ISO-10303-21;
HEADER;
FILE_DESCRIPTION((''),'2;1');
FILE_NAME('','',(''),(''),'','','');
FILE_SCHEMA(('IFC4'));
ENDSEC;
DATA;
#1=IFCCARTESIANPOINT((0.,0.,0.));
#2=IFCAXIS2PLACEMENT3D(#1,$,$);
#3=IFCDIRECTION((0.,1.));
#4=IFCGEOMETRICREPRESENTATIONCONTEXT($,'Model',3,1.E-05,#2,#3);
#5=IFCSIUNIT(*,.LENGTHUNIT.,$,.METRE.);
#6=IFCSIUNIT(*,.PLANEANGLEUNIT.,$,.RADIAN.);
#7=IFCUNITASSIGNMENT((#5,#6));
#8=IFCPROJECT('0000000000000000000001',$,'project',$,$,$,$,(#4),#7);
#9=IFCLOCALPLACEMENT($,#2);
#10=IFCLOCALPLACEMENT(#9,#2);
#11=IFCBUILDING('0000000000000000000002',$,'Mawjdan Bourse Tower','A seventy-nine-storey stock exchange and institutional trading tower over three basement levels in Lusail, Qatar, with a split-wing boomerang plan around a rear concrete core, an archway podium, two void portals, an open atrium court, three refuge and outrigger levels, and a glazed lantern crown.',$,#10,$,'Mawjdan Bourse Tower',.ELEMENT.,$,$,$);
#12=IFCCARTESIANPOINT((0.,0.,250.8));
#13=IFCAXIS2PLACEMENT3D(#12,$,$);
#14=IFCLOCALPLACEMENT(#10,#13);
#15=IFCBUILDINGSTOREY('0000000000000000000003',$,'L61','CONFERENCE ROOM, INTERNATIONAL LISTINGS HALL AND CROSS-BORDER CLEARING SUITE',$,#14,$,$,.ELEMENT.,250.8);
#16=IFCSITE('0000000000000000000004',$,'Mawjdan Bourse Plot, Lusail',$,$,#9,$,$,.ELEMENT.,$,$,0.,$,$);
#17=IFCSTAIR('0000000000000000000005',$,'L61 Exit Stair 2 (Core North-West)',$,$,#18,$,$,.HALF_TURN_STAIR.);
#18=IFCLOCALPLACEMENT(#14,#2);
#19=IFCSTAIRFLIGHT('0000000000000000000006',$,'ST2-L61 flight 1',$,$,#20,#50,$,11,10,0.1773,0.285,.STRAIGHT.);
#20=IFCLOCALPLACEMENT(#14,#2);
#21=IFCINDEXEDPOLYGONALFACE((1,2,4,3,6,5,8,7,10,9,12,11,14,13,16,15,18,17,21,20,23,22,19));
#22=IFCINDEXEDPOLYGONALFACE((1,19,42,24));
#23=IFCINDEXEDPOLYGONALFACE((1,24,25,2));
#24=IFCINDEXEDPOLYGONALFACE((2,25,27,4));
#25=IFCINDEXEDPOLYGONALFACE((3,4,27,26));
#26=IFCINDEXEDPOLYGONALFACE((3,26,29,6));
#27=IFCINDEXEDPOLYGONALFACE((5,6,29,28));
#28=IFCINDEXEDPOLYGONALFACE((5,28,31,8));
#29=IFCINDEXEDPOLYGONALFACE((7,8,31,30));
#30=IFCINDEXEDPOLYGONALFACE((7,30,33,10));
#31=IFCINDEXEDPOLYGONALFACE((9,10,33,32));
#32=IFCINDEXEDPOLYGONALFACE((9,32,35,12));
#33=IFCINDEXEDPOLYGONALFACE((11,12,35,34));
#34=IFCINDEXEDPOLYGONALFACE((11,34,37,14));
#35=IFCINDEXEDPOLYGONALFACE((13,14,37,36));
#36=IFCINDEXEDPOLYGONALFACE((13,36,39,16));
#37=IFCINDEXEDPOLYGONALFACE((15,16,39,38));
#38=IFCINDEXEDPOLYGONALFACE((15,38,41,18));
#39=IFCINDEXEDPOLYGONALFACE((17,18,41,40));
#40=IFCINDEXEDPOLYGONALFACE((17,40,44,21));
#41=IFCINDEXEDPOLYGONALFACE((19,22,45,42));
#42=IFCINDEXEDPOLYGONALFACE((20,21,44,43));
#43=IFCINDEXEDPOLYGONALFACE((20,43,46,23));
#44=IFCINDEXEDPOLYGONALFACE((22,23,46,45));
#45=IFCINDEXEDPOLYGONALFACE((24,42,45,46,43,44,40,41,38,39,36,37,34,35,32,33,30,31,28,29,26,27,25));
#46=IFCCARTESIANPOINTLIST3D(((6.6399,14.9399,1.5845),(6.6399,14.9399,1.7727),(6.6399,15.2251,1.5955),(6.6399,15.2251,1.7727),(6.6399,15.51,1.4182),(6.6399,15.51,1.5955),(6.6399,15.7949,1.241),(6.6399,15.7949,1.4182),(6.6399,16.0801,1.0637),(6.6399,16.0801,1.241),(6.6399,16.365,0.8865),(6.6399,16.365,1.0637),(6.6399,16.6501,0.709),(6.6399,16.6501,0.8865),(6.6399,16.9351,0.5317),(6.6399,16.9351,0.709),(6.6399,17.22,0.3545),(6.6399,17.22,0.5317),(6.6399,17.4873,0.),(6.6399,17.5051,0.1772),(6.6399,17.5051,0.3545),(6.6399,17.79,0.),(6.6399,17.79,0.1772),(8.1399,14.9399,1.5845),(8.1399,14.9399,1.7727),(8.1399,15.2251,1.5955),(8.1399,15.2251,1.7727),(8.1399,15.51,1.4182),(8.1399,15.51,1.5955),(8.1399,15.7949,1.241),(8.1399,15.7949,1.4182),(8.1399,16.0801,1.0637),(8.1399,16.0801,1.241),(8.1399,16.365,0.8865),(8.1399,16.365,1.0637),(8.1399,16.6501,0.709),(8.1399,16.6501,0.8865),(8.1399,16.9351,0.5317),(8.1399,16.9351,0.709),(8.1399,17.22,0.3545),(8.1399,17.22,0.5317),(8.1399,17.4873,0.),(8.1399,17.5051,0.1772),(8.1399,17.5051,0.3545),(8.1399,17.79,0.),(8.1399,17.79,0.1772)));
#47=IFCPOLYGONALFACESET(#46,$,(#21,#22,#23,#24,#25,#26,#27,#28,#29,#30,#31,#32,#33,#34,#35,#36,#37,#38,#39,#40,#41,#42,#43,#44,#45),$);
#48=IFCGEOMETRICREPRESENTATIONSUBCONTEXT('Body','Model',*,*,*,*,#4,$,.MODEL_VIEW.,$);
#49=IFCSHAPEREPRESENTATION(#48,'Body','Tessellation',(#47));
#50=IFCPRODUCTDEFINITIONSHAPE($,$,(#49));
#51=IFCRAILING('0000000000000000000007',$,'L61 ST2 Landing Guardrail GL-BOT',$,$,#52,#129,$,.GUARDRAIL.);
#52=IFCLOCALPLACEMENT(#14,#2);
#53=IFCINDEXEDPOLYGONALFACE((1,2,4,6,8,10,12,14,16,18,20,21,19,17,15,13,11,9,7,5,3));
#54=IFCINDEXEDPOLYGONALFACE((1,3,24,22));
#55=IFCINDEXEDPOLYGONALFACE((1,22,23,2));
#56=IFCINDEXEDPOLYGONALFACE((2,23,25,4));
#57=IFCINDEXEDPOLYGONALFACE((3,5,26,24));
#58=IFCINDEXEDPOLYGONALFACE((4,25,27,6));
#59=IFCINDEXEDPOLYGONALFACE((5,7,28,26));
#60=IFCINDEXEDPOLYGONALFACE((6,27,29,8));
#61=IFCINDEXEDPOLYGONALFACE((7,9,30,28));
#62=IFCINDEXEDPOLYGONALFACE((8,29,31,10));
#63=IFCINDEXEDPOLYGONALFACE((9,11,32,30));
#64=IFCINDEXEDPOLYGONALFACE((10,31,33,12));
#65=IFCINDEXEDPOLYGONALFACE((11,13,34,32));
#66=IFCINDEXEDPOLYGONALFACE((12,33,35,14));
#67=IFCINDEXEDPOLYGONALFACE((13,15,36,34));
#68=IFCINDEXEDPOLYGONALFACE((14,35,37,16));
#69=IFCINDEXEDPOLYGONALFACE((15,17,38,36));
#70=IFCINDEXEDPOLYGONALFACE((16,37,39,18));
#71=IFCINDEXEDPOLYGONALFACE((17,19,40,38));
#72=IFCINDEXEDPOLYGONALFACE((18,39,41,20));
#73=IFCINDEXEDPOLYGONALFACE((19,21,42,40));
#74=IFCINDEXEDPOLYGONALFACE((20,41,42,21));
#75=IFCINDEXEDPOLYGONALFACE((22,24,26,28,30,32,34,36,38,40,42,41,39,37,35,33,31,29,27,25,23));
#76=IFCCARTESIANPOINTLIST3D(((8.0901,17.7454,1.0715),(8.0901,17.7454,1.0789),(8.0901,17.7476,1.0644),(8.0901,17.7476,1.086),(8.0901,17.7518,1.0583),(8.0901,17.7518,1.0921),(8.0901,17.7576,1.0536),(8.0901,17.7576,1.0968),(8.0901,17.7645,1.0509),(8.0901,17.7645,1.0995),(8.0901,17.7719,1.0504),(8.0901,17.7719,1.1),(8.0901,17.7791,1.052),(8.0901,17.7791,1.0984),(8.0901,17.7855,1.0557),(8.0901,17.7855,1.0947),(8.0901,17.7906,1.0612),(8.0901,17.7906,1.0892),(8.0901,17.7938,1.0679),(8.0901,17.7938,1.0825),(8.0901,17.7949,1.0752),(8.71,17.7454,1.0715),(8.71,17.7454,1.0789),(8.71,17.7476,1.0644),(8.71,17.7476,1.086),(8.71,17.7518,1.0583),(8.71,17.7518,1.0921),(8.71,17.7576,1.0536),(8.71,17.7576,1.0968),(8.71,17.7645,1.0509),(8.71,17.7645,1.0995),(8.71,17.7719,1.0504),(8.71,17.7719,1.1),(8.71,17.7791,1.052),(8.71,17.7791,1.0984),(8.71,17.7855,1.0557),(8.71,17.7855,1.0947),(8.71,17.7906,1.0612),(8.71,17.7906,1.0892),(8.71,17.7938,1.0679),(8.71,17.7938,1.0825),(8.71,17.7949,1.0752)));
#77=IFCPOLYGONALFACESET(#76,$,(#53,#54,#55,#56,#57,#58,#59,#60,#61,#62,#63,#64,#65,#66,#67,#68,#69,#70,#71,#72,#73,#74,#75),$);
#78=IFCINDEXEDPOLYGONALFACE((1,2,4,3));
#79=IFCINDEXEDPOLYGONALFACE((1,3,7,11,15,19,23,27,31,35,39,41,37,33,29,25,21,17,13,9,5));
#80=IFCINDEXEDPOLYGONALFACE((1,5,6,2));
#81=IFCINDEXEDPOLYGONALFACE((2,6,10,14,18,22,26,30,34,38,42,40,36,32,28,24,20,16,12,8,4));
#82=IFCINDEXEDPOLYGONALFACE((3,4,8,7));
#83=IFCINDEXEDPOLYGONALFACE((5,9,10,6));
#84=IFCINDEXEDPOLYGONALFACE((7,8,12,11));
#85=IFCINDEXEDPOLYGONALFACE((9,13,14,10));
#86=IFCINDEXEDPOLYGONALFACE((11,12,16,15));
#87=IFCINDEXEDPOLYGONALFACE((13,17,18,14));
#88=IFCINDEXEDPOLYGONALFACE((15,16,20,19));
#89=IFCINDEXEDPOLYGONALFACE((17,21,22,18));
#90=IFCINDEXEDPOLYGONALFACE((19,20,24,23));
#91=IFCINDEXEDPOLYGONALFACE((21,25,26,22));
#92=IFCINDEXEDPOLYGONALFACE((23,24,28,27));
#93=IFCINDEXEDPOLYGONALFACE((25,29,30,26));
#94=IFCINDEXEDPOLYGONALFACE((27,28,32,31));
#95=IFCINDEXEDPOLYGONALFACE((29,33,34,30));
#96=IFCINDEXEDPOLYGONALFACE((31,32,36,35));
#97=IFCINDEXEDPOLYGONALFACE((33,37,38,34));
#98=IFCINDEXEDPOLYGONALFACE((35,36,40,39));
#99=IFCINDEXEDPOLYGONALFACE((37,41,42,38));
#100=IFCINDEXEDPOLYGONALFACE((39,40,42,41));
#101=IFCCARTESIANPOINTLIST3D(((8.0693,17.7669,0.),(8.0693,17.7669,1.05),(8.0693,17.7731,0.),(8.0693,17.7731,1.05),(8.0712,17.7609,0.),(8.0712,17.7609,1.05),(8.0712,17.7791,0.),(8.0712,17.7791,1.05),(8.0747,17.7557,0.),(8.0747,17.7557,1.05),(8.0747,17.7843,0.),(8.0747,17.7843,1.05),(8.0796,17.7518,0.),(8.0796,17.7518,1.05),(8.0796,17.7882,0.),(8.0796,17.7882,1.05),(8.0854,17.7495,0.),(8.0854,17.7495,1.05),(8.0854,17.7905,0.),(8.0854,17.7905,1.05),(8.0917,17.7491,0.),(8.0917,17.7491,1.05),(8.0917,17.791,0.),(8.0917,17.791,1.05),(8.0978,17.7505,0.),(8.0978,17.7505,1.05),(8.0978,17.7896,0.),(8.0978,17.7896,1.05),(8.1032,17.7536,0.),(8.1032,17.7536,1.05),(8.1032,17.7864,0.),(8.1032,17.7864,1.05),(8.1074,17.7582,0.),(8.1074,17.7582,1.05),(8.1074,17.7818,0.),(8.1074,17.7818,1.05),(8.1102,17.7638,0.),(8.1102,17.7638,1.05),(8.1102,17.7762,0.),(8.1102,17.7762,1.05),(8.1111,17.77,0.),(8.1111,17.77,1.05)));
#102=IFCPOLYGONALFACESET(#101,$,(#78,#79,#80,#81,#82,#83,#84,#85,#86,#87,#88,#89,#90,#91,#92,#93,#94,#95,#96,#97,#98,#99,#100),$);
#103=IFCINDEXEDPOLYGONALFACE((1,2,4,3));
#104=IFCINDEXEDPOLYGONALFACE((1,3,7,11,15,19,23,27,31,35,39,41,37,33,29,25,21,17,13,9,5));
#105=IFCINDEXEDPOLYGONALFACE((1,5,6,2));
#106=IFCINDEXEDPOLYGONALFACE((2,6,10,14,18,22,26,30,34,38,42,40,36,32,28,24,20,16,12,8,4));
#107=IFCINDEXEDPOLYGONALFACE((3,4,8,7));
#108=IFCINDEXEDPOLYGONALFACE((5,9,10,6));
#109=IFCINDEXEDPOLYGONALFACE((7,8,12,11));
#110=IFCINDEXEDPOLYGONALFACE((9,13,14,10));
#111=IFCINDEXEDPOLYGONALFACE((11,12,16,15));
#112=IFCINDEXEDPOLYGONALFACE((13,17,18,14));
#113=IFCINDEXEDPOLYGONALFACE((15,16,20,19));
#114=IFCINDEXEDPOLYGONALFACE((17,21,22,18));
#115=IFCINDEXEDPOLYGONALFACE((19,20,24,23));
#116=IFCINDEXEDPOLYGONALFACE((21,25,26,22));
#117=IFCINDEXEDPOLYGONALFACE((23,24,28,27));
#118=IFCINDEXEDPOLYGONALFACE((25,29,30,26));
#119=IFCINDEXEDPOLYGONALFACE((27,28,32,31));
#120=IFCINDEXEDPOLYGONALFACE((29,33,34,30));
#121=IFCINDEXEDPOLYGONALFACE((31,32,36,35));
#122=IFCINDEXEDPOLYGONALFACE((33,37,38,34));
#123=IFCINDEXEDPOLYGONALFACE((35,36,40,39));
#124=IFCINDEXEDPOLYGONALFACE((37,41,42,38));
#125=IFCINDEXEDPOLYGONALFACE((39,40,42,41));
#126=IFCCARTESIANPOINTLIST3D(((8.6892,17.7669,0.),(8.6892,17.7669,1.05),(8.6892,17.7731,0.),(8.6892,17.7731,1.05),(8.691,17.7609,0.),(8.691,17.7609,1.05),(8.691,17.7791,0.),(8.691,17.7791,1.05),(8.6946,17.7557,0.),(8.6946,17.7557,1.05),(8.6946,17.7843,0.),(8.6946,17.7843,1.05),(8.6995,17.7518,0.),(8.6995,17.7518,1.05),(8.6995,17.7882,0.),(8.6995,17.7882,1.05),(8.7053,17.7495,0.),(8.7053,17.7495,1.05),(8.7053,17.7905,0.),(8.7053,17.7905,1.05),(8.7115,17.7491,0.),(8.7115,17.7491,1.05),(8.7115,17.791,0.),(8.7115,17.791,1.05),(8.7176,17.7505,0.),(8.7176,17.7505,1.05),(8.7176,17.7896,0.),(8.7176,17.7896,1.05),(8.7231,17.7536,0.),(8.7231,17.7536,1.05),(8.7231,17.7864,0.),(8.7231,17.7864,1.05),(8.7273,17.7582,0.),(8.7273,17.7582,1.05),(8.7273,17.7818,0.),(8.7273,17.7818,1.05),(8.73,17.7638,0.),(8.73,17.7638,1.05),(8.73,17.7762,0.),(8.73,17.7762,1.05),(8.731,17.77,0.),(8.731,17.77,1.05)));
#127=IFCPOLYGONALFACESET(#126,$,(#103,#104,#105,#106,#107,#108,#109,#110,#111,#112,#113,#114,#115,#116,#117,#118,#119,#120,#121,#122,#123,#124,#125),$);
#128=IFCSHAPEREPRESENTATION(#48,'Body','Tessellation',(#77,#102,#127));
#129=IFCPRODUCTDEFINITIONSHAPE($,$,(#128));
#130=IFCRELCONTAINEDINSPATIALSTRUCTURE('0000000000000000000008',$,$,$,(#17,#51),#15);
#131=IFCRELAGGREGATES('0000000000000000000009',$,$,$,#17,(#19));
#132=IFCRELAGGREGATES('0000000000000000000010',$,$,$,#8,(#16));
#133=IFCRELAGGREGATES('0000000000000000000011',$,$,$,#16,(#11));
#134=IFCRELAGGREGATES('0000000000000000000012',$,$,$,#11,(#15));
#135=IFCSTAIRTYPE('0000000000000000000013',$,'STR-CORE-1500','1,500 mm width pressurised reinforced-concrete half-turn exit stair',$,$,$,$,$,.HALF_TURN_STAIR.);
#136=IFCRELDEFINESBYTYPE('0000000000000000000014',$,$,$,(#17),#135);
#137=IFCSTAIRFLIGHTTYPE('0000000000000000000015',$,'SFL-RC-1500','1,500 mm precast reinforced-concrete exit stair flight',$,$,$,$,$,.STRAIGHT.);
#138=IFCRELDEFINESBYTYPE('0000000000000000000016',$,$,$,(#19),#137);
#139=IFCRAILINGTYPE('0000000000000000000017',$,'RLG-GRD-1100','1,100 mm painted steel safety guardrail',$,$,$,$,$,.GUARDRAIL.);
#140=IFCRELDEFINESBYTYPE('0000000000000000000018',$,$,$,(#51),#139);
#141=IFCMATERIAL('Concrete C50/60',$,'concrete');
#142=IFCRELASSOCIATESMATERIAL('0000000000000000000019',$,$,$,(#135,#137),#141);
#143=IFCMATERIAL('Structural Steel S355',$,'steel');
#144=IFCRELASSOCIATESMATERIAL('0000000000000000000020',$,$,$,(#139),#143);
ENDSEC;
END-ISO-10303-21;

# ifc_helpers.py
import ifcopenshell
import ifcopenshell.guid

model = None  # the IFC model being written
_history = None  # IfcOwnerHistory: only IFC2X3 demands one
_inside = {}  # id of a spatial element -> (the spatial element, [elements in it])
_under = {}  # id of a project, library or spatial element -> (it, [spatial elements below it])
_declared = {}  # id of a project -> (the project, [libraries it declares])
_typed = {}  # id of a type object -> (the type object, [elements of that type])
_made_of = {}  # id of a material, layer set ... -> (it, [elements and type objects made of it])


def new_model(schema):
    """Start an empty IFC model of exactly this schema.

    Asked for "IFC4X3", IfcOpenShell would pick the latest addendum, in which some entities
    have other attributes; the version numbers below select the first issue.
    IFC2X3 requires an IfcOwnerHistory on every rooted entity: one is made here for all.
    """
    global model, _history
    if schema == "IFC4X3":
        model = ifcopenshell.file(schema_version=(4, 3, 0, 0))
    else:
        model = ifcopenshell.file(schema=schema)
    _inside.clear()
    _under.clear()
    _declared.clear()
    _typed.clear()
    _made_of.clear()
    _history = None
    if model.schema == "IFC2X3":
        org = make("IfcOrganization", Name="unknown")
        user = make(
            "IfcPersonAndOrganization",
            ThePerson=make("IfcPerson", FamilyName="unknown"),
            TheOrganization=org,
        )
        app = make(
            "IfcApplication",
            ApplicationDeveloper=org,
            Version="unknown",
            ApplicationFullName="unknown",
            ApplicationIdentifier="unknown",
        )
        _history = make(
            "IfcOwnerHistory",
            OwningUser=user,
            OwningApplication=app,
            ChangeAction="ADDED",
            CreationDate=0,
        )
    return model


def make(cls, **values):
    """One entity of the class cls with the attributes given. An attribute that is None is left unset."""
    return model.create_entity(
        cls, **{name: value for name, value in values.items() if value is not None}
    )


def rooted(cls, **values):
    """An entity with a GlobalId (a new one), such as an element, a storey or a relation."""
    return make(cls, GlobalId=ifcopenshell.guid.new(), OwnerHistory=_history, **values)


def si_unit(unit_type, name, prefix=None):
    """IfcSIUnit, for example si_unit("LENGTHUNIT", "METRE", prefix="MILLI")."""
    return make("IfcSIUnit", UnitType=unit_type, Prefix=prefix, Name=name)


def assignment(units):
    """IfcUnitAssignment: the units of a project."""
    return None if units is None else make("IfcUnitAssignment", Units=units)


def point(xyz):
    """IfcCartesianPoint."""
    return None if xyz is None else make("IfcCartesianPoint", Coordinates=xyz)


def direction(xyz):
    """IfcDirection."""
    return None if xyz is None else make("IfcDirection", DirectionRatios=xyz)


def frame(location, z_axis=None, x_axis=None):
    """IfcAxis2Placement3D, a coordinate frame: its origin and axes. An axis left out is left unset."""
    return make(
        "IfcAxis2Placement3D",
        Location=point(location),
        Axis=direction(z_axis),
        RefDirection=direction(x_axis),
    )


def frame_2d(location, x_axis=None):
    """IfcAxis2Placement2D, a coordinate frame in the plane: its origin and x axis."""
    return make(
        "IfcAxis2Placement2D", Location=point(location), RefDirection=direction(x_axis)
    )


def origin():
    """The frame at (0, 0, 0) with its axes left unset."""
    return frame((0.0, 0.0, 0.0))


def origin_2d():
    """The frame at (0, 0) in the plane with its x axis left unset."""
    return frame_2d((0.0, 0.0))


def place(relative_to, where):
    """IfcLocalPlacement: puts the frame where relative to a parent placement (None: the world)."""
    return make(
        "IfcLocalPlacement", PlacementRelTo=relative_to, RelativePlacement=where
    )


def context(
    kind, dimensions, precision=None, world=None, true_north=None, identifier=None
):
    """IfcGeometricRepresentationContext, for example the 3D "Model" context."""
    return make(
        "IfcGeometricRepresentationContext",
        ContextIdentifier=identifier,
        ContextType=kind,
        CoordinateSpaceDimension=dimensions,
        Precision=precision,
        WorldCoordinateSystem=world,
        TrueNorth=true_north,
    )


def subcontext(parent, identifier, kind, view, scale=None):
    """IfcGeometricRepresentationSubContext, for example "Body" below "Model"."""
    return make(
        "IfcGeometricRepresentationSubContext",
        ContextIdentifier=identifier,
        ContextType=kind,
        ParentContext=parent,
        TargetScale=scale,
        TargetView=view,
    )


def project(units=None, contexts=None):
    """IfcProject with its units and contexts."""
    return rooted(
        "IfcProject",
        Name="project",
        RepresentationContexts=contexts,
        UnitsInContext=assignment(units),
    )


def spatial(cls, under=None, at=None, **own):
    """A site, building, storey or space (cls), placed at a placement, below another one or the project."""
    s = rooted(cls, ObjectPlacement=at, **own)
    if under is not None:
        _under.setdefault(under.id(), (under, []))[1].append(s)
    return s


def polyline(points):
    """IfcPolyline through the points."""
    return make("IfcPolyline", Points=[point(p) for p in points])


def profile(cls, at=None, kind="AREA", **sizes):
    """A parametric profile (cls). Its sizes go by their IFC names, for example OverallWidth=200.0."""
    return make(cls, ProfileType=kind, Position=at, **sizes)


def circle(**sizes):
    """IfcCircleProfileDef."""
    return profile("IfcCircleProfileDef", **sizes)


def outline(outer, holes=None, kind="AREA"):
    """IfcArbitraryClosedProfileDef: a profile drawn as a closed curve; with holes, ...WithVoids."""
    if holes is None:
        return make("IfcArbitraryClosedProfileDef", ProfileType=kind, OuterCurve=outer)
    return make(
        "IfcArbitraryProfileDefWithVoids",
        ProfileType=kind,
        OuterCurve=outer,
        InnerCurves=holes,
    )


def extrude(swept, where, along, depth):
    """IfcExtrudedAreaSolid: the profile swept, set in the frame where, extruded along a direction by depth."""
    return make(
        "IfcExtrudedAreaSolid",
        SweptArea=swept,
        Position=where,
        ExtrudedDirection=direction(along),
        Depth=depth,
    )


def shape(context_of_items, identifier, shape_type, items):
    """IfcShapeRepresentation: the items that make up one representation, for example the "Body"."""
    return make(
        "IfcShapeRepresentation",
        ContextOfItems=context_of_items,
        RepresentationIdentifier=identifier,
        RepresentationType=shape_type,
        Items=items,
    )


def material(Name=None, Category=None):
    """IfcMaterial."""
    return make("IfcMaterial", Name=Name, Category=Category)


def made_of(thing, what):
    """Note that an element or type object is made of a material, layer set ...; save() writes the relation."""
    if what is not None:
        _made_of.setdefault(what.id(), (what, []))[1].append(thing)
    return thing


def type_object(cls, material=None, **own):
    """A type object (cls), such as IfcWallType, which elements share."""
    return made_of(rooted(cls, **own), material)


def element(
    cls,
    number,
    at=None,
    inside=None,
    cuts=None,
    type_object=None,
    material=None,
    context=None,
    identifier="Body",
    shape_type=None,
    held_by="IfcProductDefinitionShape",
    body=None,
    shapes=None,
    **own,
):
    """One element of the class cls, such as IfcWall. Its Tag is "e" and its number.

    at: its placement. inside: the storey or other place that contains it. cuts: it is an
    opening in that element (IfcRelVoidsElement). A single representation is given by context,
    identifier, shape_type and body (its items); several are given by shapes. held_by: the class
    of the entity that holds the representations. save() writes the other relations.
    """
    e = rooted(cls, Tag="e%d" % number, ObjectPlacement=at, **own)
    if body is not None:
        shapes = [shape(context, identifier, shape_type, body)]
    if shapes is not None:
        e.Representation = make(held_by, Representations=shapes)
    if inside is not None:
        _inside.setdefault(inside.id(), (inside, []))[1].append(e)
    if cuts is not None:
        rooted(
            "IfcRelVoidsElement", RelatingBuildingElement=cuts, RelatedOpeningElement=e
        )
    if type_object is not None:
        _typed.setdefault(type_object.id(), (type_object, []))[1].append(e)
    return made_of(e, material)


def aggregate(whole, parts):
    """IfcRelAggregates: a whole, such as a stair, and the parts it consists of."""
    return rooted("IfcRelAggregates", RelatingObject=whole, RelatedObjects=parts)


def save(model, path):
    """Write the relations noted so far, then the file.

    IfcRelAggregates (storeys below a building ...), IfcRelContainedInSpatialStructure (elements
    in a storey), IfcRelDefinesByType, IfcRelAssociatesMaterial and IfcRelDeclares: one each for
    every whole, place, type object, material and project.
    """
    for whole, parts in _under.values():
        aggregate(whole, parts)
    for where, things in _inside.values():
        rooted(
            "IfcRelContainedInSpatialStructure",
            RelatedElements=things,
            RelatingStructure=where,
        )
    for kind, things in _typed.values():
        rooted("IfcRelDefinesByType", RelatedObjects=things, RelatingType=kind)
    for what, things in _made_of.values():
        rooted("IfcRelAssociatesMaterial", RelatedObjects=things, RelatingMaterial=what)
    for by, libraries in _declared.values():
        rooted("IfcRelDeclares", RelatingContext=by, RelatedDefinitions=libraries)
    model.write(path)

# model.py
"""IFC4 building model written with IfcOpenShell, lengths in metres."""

from ifc_helpers import new_model, si_unit, direction, frame, origin, origin_2d, place, context, subcontext, project, spatial, polyline, circle, outline, extrude, material, type_object, element, aggregate, save


model = new_model("IFC4")

# Units and contexts
model_context = context("Model", 3, precision=1e-05, world=origin(), true_north=direction((0.0, 1.0)))
body_context = subcontext(model_context, "Body", "Model", "MODEL_VIEW")
ifc_project = project(units=[si_unit("LENGTHUNIT", "METRE"), si_unit("PLANEANGLEUNIT", "RADIAN")], contexts=[model_context])

# Site, building, storey
site_placement = place(None, origin())
site = spatial("IfcSite", under=ifc_project, at=site_placement, Name="Mawjdan Bourse Plot, Lusail", CompositionType="ELEMENT", RefElevation=0.0)
building_placement = place(site_placement, origin())
building = spatial("IfcBuilding", under=site, at=building_placement, Name="Mawjdan Bourse Tower", Description="A seventy-nine-storey stock exchange and institutional trading tower over three basement levels in Lusail, Qatar, with a split-wing boomerang plan around a rear concrete core, an archway podium, two void portals, an open atrium court, three refuge and outrigger levels, and a glazed lantern crown.", LongName="Mawjdan Bourse Tower", CompositionType="ELEMENT")
storey_placement = place(building_placement, frame((0.0, 0.0, 250.8)))
storey = spatial("IfcBuildingStorey", under=building, at=storey_placement, Name="L61", Description="CONFERENCE ROOM, INTERNATIONAL LISTINGS HALL AND CROSS-BORDER CLEARING SUITE", CompositionType="ELEMENT", Elevation=250.8)

# Shared definitions
ifc_material_1 = material(Name="Structural Steel S355", Category="steel")

# Shared definitions
ifc_material_2 = material(Name="Concrete C50/60", Category="concrete")

# Stair, stair flight
stair_type = type_object("IfcStairType", Name="STR-CORE-1500", Description="1,500 mm width pressurised reinforced-concrete half-turn exit stair", PredefinedType="HALF_TURN_STAIR", material=ifc_material_2)
stair_placement = place(storey_placement, origin())
stair = element("IfcStair", 1, at=stair_placement, inside=storey, type_object=stair_type, Name="L61 Exit Stair 2 (Core North-West)", PredefinedType="HALF_TURN_STAIR")
stair_flight_type = type_object("IfcStairFlightType", Name="SFL-RC-1500", Description="1,500 mm precast reinforced-concrete exit stair flight", PredefinedType="STRAIGHT", material=ifc_material_2)
stair_flight_placement = place(storey_placement, frame((7.3899, 17.79, 0.0), z_axis=(0.0, 0.0, 1.0), x_axis=(0.0, -1.0, 0.0)))
stair_flight = element("IfcStairFlight", 2, at=stair_flight_placement, type_object=stair_flight_type, Name="ST2-L61 flight 1", NumberOfRisers=11, NumberOfTreads=10, PredefinedType="STRAIGHT", RiserHeight=0.1773, TreadLength=0.285, context=body_context, shape_type="SweptSolid", body=[
    extrude(outline(polyline([(0.0, 0.0), (0.0, 0.1772), (0.2849, 0.1772), (0.2849, 0.3545), (0.5701, 0.3545), (0.5701, 0.5317), (0.855, 0.5317), (0.855, 0.709), (1.1399, 0.709), (1.1399, 0.8865), (1.425, 0.8865), (1.425, 1.0637), (1.71, 1.0637), (1.71, 1.241), (1.9951, 1.241), (1.9951, 1.4182), (2.28, 1.4182), (2.28, 1.5955), (2.5649, 1.5955), (2.5649, 1.7727), (2.8501, 1.7727), (2.8501, 1.95), (2.8501, 1.5845), (0.3027, 0.0), (0.0, 0.0)])), frame((0.0, 0.75, 0.0), z_axis=(0.0, -1.0, 0.0), x_axis=(1.0, 0.0, 0.0)), (0.0, 0.0, 1.0), 1.5),
])
aggregate(stair, [stair_flight])

# Railing
railing_type_1 = type_object("IfcRailingType", Name="RLG-GRD-1100", Description="1,100 mm painted steel safety guardrail", PredefinedType="GUARDRAIL", material=ifc_material_1)
railing_1_placement = place(storey_placement, frame((8.0901, 17.77, 0.0)))
element("IfcRailing", 3, at=railing_1_placement, inside=storey, type_object=railing_type_1, Name="L61 ST2 Landing Guardrail GL-BOT", PredefinedType="GUARDRAIL", context=body_context, shape_type="SweptSolid", body=[
    extrude(circle(Radius=0.0249, at=origin_2d()), frame((0.0, 0.0, 1.0752), z_axis=(1.0, 0.0, 0.0), x_axis=(0.0, 1.0, 0.0)), (0.0, 0.0, 1.0), 0.6199),
    extrude(circle(Radius=0.021, at=origin_2d()), origin(), (0.0, 0.0, 1.0), 1.05),
    extrude(circle(Radius=0.021, at=origin_2d()), frame((0.6199, 0.0, 0.0)), (0.0, 0.0, 1.0), 1.05),
])

save(model, "model.ifc")
